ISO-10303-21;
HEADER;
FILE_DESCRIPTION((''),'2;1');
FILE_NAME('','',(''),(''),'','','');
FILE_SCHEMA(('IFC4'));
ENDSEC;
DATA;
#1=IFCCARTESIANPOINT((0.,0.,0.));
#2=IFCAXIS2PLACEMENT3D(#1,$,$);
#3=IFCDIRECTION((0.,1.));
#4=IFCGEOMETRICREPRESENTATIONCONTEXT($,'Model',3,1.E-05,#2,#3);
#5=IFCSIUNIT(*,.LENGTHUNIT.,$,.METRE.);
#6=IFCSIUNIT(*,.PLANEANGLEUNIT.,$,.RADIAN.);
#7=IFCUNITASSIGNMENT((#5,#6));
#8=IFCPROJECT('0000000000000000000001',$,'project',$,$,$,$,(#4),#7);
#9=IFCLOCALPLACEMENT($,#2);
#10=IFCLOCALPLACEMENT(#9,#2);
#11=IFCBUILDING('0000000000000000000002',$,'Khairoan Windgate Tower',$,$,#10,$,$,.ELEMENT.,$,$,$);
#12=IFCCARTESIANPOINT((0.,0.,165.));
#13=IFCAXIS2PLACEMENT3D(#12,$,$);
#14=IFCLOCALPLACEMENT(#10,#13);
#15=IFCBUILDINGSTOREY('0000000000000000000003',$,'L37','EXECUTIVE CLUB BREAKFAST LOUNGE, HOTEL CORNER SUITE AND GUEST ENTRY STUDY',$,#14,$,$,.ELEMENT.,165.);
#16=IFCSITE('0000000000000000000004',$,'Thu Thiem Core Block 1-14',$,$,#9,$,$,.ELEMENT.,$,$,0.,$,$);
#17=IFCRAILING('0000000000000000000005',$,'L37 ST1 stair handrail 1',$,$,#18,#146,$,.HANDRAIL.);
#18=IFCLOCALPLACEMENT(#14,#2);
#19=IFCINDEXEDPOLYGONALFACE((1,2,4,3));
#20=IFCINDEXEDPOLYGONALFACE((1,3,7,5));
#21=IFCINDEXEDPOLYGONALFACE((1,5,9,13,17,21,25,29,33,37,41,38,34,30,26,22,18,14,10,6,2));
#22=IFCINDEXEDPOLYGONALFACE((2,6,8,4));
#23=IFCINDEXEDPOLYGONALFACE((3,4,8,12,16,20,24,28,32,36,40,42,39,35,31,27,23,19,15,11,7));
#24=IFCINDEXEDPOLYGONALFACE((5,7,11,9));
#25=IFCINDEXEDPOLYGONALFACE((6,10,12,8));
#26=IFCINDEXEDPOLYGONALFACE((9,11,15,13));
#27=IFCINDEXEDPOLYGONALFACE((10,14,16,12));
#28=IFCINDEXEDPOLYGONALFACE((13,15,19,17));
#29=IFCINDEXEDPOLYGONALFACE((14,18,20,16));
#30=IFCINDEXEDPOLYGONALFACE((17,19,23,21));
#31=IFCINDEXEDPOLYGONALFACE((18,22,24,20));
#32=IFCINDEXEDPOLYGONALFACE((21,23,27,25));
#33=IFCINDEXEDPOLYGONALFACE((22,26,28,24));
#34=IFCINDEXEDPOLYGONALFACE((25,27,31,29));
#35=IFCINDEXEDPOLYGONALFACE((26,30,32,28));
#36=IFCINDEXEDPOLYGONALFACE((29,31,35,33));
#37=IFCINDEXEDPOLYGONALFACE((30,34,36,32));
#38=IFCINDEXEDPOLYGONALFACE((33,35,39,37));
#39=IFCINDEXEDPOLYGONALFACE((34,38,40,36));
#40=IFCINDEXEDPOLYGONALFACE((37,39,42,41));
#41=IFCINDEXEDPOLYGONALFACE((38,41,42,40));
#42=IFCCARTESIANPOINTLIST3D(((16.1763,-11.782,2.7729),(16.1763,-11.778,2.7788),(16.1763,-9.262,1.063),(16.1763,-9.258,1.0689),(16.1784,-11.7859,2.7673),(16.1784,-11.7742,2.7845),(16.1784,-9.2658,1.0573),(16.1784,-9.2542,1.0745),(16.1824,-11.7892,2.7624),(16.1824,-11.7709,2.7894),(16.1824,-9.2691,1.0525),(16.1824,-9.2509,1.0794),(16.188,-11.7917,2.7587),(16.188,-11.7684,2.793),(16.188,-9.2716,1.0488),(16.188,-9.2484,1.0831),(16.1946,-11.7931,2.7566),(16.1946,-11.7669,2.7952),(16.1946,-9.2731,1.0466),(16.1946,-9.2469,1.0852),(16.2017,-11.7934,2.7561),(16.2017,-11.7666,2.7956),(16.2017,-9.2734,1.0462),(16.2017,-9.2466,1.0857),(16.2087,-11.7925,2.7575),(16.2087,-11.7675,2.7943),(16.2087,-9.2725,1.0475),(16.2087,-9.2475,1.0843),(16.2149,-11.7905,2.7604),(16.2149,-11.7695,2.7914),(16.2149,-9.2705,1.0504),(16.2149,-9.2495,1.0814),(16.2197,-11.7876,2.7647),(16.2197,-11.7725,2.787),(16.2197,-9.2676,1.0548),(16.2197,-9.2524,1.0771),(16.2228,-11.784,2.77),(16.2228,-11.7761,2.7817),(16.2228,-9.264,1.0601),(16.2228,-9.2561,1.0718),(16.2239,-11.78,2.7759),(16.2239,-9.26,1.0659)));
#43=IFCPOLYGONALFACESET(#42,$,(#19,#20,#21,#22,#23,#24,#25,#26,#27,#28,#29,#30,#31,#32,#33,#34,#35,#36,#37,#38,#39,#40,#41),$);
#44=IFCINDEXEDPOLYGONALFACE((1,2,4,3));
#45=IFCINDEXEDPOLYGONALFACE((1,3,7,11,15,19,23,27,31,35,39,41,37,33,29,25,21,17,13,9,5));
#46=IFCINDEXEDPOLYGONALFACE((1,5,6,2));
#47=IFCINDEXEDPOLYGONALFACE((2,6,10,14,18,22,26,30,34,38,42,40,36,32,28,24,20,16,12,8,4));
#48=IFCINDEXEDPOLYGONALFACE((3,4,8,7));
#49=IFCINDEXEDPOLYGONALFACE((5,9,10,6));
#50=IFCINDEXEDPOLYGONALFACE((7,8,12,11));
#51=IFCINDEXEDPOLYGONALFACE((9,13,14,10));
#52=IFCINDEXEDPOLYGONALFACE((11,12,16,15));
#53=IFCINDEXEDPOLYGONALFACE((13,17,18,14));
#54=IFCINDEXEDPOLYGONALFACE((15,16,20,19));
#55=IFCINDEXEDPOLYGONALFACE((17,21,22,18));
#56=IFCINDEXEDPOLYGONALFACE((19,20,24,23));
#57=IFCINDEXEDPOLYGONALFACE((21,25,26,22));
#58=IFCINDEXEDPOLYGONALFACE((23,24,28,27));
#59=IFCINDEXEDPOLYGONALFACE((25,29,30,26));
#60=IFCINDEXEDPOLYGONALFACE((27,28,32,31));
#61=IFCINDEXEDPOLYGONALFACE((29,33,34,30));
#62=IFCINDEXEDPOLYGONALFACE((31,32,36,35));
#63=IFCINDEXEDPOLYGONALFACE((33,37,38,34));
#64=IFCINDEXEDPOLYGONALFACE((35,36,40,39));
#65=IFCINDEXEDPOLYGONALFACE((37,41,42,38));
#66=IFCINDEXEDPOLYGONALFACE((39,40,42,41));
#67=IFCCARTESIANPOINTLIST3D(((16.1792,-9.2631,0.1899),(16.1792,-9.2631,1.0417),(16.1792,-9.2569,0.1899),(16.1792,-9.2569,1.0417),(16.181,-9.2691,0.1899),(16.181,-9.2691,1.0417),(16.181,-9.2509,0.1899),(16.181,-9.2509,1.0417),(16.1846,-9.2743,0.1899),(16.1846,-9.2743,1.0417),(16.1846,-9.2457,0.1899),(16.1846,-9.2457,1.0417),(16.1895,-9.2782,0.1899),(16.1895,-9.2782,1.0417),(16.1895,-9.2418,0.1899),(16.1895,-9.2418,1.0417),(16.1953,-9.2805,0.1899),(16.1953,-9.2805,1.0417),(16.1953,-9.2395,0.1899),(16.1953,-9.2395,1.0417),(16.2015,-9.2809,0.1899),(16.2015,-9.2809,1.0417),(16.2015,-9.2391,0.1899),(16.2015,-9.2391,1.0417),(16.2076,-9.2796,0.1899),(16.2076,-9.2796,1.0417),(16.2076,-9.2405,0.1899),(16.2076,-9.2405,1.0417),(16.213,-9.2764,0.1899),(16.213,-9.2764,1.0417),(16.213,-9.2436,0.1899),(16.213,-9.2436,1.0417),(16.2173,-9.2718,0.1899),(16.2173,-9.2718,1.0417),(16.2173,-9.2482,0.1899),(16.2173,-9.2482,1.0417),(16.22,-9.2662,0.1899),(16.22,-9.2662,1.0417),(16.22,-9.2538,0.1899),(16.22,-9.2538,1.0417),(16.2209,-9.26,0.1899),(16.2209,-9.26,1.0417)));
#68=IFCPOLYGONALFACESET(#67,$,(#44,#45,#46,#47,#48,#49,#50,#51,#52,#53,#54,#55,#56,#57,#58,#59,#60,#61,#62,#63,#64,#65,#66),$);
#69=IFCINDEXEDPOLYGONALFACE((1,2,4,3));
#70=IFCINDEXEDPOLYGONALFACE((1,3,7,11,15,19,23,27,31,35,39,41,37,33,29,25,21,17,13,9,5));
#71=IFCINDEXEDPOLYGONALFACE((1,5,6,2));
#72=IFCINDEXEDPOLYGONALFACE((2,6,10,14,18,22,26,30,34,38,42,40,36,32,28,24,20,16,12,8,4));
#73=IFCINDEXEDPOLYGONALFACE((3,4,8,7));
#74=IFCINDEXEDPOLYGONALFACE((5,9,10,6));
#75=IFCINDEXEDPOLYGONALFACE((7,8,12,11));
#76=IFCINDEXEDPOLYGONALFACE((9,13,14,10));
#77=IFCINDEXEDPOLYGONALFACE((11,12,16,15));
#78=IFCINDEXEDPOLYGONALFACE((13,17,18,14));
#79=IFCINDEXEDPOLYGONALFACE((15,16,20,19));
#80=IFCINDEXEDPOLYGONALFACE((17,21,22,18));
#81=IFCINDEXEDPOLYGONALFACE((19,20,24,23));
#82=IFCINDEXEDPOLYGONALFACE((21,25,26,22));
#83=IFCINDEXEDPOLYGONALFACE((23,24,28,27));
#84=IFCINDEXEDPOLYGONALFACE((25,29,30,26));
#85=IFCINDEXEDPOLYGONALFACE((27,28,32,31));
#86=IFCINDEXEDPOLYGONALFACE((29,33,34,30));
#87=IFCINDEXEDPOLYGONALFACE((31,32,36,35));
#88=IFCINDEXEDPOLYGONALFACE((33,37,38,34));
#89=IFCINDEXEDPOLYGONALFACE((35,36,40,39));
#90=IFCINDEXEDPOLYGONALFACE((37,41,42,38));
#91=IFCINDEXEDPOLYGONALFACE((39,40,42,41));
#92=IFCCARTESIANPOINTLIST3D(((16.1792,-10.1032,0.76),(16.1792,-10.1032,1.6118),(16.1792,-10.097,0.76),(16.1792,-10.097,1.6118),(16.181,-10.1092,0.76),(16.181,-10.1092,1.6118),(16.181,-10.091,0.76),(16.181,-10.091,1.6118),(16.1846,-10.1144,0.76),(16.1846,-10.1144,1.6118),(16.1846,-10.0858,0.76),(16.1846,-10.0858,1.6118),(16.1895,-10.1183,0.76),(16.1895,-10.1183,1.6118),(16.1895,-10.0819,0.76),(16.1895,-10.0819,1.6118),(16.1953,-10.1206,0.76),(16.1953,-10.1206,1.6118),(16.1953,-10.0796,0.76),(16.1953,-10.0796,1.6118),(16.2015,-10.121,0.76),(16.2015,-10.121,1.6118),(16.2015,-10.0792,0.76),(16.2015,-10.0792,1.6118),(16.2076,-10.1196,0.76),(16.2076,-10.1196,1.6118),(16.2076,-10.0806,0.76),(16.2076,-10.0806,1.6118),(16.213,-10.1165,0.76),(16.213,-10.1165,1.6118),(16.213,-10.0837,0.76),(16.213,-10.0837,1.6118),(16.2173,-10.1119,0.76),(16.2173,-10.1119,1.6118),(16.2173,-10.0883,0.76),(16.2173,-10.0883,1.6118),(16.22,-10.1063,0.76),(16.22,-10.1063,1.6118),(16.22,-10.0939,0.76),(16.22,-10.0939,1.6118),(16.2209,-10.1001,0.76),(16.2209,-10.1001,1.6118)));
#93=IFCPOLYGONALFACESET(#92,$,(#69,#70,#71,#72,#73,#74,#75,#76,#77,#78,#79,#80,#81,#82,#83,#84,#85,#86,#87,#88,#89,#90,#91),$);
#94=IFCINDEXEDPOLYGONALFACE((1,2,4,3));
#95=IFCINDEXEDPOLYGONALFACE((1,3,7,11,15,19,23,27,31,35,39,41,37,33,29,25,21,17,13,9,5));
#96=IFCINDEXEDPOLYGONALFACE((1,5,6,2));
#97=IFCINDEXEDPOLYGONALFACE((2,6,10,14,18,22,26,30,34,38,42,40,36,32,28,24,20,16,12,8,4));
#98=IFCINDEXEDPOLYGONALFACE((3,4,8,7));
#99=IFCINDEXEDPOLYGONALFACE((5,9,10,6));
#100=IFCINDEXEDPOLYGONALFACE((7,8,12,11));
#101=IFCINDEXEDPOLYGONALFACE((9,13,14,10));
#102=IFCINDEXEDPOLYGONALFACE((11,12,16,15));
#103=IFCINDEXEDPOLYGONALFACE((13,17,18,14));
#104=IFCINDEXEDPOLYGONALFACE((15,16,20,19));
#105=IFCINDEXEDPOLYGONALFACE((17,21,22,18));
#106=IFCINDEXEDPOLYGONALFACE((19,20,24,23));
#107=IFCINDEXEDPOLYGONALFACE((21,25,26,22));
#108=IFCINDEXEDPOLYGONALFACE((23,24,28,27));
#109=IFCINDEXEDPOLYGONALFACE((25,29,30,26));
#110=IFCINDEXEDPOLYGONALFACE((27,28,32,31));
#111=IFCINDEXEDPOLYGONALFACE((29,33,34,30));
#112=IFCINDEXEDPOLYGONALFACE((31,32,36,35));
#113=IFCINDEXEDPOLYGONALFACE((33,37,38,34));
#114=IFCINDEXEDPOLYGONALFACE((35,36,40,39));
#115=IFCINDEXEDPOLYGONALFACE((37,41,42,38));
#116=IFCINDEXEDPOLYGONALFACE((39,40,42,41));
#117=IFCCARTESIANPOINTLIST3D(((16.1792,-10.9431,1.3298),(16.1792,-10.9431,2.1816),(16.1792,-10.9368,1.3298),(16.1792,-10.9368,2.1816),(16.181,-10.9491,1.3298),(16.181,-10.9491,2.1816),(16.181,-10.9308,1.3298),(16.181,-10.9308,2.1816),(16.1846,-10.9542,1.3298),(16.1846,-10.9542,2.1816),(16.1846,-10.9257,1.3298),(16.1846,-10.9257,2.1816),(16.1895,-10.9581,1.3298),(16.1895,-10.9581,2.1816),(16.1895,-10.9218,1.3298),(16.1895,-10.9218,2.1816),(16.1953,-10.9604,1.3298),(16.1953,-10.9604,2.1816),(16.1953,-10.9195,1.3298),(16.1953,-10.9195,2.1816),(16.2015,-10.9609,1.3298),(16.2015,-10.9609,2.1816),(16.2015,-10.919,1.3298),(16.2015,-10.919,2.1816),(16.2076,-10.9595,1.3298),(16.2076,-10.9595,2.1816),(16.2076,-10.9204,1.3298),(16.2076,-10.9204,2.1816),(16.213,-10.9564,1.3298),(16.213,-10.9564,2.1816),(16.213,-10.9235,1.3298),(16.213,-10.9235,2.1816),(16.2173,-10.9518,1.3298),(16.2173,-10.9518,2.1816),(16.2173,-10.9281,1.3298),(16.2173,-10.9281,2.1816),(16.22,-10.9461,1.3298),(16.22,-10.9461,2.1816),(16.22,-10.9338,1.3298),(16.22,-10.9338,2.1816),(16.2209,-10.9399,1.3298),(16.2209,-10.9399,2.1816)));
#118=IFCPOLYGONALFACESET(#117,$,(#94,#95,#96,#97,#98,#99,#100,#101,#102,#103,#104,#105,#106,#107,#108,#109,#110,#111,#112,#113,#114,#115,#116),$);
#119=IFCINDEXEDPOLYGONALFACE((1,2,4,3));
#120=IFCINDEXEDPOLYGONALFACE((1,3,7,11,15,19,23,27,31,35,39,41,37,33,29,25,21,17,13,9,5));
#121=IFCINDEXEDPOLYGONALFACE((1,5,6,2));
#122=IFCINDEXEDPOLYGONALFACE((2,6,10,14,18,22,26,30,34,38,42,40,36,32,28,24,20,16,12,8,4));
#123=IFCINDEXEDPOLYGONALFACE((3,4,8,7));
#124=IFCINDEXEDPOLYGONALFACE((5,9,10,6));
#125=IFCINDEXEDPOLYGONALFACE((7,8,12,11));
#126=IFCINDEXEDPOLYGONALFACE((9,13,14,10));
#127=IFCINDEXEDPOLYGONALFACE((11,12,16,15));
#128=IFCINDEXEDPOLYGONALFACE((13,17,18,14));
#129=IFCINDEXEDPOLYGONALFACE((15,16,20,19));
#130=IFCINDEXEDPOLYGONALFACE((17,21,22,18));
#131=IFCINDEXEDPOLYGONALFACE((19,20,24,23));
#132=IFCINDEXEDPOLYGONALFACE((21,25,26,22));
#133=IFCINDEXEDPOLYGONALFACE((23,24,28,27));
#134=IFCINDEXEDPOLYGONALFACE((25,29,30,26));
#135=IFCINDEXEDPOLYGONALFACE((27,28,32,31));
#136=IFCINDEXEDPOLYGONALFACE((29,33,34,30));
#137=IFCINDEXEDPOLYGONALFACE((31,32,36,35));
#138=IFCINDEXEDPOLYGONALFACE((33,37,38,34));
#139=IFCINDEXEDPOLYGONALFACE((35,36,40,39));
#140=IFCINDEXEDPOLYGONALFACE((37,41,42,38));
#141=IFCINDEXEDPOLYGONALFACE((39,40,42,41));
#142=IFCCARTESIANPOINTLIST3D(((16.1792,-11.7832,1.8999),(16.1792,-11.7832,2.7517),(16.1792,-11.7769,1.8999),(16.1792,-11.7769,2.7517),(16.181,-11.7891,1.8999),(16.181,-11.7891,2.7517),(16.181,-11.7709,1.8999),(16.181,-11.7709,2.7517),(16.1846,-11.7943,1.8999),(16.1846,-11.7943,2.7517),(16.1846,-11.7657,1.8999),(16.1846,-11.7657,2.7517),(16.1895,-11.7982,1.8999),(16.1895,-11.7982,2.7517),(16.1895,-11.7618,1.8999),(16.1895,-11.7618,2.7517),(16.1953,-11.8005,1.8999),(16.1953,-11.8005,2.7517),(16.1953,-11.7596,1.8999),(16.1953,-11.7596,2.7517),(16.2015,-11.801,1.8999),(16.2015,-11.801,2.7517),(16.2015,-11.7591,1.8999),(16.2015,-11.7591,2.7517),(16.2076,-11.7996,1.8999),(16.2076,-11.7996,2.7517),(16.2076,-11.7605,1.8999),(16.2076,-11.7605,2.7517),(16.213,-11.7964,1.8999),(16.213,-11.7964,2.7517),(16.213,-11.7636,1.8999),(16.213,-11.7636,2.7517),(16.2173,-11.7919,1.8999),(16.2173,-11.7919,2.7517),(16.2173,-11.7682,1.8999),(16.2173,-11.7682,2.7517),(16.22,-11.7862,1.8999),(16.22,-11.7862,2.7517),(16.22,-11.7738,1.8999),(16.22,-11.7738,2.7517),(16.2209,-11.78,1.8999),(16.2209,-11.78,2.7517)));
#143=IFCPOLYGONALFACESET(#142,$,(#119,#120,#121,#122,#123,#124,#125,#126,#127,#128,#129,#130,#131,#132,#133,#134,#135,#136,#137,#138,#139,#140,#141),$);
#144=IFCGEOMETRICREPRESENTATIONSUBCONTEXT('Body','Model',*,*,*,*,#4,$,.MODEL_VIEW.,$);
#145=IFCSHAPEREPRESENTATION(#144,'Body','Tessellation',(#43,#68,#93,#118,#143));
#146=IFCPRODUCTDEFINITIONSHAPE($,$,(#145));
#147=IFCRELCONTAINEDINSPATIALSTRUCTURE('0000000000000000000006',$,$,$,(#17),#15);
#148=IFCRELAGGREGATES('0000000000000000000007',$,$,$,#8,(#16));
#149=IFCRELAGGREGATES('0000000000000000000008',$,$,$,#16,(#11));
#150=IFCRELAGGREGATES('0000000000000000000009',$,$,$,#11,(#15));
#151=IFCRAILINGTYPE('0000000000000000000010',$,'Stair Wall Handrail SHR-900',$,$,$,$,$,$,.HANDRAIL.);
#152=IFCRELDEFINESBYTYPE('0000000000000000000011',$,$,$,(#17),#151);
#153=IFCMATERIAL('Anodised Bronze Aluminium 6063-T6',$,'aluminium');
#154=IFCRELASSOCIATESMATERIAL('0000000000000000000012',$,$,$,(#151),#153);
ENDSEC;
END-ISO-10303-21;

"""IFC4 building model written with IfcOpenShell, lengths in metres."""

from ifc_helpers import new_model, si_unit, direction, frame, origin, origin_2d, place, context, subcontext, project, spatial, circle, extrude, material, type_object, element, save


model = new_model("IFC4")

# Units and contexts
model_context = context("Model", 3, precision=1e-05, world=origin(), true_north=direction((0.0, 1.0)))
body_context = subcontext(model_context, "Body", "Model", "MODEL_VIEW")
ifc_project = project(units=[si_unit("LENGTHUNIT", "METRE"), si_unit("PLANEANGLEUNIT", "RADIAN")], contexts=[model_context])

# Site, building, storey
site_placement = place(None, origin())
site = spatial("IfcSite", under=ifc_project, at=site_placement, Name="Thu Thiem Core Block 1-14", CompositionType="ELEMENT", RefElevation=0.0)
building_placement = place(site_placement, origin())
building = spatial("IfcBuilding", under=site, at=building_placement, Name="Khairoan Windgate Tower", CompositionType="ELEMENT")
storey_placement = place(building_placement, frame((0.0, 0.0, 165.0)))
storey = spatial("IfcBuildingStorey", under=building, at=storey_placement, Name="L37", Description="EXECUTIVE CLUB BREAKFAST LOUNGE, HOTEL CORNER SUITE AND GUEST ENTRY STUDY", CompositionType="ELEMENT", Elevation=165.0)

# Railing
ifc_material_1 = material(Name="Anodised Bronze Aluminium 6063-T6", Category="aluminium")
railing_type_1 = type_object("IfcRailingType", Name="Stair Wall Handrail SHR-900", PredefinedType="HANDRAIL", material=ifc_material_1)
railing_1_placement = place(storey_placement, frame((16.2, -9.26, 0.1899)))
element("IfcRailing", 1, at=railing_1_placement, inside=storey, type_object=railing_type_1, Name="L37 ST1 stair handrail 1", PredefinedType="HANDRAIL", context=body_context, shape_type="SweptSolid", body=[
    extrude(circle(Radius=0.0239, at=origin_2d()), frame((0.0, 0.0, 0.876), z_axis=(0.0, -0.827484, 0.56149), x_axis=(1.0, 0.0, 0.0)), (0.0, 0.0, 1.0), 3.0454),
    extrude(circle(Radius=0.021, at=origin_2d()), origin(), (0.0, 0.0, 1.0), 0.8518),
    extrude(circle(Radius=0.021, at=origin_2d()), frame((0.0, -0.8401, 0.5701)), (0.0, 0.0, 1.0), 0.8518),
    extrude(circle(Radius=0.021, at=origin_2d()), frame((0.0, -1.6799, 1.1399)), (0.0, 0.0, 1.0), 0.8518),
    extrude(circle(Radius=0.021, at=origin_2d()), frame((0.0, -2.52, 1.71)), (0.0, 0.0, 1.0), 0.8518),
])

save(model, "model.ifc")
